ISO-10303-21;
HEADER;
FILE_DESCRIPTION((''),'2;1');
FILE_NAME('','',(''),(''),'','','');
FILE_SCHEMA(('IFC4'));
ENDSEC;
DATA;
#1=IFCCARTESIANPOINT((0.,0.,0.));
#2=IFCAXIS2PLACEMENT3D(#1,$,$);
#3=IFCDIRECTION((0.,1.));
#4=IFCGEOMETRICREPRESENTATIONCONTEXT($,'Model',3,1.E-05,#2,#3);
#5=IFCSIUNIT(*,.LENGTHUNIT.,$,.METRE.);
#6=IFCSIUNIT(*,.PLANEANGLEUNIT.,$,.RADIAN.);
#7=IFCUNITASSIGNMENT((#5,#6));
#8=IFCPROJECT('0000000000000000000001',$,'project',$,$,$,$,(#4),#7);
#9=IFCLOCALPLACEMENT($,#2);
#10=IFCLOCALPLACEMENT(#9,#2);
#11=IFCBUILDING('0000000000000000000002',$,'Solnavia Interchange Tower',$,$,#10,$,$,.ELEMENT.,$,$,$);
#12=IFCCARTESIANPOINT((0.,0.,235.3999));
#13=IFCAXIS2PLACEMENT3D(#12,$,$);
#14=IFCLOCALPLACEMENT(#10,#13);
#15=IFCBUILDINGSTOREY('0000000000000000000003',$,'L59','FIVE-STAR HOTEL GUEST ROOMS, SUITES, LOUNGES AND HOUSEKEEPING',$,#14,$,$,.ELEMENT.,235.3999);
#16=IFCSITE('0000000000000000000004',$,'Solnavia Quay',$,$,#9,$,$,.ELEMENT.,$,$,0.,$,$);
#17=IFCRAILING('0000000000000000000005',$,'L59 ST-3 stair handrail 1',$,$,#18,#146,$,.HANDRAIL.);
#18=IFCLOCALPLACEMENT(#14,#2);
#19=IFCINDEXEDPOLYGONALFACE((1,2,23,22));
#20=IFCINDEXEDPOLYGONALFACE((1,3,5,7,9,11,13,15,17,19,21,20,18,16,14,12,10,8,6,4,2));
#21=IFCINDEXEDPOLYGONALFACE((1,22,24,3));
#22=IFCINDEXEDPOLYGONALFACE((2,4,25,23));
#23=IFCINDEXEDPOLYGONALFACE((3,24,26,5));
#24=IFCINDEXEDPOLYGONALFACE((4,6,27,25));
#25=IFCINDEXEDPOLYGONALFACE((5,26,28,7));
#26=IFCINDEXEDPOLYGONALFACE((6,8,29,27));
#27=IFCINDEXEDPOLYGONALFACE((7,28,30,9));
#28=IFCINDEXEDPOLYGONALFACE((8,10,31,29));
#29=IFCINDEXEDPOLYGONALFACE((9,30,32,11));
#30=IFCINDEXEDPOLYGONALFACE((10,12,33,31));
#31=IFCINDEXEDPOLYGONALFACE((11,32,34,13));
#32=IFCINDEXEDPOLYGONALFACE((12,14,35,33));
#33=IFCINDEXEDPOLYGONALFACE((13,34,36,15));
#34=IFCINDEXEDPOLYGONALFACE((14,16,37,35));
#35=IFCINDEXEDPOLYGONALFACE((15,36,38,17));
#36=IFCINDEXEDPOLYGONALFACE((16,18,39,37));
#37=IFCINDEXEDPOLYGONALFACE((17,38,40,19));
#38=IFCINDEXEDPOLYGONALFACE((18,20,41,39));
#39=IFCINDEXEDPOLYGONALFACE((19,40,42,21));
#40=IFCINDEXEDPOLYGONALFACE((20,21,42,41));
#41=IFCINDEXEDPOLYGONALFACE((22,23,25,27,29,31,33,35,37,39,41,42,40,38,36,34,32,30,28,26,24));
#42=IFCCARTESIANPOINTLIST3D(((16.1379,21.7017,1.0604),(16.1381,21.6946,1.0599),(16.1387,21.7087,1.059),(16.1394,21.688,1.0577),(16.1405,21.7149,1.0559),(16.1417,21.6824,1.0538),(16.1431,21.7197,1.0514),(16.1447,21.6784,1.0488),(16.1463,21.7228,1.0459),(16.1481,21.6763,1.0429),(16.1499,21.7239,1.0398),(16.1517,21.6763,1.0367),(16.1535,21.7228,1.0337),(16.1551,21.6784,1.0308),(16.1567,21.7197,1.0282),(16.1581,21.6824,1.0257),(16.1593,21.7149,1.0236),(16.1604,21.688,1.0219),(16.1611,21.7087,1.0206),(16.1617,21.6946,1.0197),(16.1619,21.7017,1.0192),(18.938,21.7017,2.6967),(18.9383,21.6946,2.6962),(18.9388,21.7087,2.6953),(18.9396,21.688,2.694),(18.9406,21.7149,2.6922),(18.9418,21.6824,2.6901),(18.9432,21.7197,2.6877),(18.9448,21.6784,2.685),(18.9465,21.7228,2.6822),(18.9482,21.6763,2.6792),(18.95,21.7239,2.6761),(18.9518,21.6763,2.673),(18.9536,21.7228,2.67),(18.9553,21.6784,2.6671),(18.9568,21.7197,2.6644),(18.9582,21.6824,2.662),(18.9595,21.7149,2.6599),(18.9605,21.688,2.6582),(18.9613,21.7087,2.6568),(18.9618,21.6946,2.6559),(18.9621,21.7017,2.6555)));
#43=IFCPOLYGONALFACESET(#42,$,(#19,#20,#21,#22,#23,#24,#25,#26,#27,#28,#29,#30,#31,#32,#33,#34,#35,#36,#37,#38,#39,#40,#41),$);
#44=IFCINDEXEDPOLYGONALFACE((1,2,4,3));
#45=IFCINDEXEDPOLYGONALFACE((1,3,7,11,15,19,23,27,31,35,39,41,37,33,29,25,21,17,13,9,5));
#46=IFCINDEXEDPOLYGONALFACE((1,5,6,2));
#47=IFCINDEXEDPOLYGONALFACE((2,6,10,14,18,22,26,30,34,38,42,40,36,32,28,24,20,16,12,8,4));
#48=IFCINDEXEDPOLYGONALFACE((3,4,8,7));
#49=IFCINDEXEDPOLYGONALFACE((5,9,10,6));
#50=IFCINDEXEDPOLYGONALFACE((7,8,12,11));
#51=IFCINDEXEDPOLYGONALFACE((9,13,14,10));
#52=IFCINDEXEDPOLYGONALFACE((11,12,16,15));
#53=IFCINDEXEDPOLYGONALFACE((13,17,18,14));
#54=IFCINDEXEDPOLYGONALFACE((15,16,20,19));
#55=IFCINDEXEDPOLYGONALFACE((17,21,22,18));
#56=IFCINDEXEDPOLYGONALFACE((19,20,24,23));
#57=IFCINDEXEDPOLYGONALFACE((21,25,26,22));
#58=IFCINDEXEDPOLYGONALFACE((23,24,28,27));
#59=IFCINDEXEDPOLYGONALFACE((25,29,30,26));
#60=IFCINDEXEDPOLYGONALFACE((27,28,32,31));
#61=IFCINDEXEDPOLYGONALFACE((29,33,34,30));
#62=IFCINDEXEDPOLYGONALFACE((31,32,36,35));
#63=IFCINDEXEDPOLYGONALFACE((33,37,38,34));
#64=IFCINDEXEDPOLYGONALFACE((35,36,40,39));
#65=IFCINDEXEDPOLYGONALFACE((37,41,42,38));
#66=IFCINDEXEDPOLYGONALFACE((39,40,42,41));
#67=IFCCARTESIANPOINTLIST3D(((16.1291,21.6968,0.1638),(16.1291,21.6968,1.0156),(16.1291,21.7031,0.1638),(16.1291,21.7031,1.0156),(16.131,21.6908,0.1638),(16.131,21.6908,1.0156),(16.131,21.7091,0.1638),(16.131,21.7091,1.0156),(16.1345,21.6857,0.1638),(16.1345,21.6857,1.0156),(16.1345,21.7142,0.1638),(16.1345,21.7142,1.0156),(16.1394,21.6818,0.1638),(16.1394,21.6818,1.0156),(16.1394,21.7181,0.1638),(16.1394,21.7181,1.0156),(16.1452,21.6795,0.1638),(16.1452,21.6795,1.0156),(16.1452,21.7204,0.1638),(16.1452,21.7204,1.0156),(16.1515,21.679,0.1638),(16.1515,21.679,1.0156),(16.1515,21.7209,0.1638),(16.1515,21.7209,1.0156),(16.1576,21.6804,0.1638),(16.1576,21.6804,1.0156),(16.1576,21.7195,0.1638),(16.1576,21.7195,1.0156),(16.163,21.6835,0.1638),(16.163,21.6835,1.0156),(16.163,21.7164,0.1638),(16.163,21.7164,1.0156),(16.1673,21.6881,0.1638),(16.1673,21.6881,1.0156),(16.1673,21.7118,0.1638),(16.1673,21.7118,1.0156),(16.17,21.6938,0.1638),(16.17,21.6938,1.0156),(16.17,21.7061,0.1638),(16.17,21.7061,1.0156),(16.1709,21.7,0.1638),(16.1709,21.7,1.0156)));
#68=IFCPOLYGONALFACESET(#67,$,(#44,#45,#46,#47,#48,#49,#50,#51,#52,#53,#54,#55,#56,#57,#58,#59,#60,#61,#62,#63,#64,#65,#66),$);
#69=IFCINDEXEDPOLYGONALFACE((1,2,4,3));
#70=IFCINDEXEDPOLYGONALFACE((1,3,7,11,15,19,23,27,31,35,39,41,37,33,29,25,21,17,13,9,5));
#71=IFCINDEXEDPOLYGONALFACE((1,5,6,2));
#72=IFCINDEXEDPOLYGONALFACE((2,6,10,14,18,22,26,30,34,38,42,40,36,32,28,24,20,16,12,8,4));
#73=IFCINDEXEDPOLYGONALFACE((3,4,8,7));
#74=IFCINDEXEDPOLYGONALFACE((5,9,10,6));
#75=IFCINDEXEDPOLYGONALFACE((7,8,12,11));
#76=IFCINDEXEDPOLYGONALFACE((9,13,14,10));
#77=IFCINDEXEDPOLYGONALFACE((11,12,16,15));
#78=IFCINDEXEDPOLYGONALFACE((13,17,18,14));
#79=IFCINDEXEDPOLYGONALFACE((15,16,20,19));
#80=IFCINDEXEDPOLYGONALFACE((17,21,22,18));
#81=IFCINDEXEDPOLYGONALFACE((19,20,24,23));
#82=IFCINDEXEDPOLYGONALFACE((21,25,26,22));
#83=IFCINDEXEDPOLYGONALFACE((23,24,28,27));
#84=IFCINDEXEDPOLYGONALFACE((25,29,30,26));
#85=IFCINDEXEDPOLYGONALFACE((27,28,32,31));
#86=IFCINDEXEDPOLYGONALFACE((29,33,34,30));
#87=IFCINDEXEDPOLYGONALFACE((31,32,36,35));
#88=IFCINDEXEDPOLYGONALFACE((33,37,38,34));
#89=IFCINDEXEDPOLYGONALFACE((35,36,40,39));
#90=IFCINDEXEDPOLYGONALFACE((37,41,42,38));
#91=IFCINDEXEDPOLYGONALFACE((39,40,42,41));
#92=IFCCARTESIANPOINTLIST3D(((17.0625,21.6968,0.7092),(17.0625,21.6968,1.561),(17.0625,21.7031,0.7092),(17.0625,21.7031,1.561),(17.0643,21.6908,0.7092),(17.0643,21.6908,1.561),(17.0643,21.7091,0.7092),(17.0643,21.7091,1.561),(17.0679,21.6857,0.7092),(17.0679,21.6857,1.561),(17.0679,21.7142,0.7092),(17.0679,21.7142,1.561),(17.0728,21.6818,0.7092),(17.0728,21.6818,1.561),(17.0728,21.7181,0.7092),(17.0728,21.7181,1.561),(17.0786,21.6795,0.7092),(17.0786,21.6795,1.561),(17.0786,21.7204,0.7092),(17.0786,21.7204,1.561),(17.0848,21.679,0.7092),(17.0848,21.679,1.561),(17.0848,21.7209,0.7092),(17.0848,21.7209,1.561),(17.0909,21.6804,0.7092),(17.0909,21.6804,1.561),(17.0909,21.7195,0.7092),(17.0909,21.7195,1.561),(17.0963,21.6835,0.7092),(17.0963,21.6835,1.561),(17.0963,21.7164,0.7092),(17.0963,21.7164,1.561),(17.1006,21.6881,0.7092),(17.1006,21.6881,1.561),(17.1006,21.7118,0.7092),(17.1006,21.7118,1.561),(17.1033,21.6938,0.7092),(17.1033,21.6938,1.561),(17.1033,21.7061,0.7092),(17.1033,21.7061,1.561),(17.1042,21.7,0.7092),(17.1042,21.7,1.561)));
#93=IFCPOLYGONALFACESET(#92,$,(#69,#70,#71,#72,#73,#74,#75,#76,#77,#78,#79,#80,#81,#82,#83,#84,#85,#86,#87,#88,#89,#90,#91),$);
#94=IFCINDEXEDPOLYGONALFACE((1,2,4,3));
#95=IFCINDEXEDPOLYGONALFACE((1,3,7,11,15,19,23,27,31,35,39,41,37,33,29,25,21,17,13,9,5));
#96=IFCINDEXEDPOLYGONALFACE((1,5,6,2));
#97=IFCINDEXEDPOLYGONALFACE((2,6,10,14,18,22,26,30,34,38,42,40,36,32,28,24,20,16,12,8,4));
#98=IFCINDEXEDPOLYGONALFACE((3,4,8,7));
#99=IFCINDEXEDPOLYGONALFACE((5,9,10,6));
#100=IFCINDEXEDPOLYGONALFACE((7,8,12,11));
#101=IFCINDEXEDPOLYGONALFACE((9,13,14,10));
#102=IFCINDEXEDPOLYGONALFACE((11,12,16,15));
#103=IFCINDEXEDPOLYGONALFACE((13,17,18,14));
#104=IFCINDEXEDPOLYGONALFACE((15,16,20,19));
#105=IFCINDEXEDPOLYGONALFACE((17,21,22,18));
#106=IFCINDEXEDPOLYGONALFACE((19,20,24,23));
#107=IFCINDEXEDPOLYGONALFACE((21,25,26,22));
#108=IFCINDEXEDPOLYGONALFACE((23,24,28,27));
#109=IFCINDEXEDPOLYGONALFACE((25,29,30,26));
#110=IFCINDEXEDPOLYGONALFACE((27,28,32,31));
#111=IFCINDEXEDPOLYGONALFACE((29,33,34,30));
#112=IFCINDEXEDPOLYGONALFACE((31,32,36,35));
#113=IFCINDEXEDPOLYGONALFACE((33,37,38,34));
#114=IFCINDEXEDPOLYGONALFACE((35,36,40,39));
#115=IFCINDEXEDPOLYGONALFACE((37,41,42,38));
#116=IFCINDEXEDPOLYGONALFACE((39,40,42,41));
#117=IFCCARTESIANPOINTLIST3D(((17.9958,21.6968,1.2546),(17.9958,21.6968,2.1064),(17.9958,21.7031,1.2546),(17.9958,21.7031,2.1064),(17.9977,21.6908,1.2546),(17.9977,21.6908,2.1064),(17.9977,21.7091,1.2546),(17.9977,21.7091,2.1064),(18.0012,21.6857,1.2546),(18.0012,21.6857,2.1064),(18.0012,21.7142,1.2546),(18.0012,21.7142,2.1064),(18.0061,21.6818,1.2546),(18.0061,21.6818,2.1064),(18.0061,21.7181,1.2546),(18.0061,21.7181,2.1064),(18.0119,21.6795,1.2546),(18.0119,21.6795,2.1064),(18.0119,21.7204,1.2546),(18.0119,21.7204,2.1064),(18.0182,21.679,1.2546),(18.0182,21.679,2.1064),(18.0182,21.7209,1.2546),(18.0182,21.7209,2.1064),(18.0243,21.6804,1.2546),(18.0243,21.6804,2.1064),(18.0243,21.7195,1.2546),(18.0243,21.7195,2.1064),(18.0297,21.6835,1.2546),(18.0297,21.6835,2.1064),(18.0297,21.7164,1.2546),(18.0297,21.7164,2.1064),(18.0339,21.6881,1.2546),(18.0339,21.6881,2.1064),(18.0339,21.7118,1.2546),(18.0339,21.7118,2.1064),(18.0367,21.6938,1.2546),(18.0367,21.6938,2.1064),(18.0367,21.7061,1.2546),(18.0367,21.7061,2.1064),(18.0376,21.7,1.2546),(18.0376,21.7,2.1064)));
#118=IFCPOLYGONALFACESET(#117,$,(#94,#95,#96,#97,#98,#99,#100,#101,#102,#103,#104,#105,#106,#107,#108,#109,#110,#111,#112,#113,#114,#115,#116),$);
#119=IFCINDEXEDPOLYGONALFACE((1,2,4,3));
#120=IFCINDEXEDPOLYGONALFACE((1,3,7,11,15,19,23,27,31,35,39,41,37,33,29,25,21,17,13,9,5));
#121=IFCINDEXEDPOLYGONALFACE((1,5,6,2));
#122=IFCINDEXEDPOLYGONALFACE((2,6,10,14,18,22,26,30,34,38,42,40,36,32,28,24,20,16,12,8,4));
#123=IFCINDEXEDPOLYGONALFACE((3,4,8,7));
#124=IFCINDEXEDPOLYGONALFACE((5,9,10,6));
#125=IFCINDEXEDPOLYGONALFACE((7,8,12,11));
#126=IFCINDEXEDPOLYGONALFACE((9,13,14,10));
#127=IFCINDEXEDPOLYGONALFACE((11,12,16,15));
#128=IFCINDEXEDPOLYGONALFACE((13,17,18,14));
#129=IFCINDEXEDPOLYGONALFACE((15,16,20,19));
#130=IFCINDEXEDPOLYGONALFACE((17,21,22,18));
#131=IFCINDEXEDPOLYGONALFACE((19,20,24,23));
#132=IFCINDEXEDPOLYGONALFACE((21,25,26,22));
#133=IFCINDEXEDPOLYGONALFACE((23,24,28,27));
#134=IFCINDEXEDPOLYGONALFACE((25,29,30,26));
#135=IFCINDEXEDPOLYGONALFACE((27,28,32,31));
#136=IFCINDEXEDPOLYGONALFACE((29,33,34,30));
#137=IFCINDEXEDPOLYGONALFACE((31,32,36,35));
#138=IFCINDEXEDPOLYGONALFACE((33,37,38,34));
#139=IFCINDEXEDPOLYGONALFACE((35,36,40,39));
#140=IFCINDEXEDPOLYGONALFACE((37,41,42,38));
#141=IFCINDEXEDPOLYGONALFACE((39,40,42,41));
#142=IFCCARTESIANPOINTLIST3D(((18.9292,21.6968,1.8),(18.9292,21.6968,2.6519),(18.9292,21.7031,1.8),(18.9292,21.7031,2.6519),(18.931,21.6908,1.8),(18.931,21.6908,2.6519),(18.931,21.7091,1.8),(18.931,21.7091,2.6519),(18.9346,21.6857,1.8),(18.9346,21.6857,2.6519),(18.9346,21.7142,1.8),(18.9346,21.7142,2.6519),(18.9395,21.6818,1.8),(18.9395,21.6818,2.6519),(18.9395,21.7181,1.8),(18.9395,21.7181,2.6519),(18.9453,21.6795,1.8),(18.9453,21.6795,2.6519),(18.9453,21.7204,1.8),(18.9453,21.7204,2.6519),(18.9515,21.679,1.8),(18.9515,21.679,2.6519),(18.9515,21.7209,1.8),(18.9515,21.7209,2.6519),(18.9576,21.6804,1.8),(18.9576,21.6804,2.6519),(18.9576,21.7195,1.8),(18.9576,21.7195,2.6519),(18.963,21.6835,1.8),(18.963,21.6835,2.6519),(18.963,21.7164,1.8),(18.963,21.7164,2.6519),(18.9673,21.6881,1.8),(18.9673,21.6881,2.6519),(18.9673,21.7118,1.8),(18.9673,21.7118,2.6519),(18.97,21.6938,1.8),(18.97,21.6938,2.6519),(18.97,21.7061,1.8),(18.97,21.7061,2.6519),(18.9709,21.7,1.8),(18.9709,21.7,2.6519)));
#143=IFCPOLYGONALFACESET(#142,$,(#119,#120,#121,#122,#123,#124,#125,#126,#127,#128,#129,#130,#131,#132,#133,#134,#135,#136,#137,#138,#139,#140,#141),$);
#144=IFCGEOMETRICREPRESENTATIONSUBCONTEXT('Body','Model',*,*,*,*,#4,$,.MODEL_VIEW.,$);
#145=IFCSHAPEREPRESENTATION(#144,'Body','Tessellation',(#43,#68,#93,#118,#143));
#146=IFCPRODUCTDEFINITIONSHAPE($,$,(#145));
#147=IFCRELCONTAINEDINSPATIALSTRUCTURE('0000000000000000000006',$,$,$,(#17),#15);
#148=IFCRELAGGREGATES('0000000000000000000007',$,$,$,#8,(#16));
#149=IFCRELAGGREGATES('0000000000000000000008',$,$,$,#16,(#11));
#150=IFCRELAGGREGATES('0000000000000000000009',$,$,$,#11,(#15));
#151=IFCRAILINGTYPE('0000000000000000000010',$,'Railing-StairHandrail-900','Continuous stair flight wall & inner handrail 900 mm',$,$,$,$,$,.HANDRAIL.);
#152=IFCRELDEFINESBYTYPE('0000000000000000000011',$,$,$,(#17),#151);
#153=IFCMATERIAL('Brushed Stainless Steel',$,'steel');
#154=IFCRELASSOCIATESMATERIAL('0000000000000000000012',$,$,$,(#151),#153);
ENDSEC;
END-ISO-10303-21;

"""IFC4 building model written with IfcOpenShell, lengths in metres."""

from ifc_helpers import new_model, si_unit, direction, frame, origin, origin_2d, place, context, subcontext, project, spatial, circle, extrude, material, type_object, element, save


model = new_model("IFC4")

# Units and contexts
model_context = context("Model", 3, precision=1e-05, world=origin(), true_north=direction((0.0, 1.0)))
body_context = subcontext(model_context, "Body", "Model", "MODEL_VIEW")
ifc_project = project(units=[si_unit("LENGTHUNIT", "METRE"), si_unit("PLANEANGLEUNIT", "RADIAN")], contexts=[model_context])

# Site, building, storey
site_placement = place(None, origin())
site = spatial("IfcSite", under=ifc_project, at=site_placement, Name="Solnavia Quay", CompositionType="ELEMENT", RefElevation=0.0)
building_placement = place(site_placement, origin())
building = spatial("IfcBuilding", under=site, at=building_placement, Name="Solnavia Interchange Tower", CompositionType="ELEMENT")
storey_placement = place(building_placement, frame((0.0, 0.0, 235.3999)))
storey = spatial("IfcBuildingStorey", under=building, at=storey_placement, Name="L59", Description="FIVE-STAR HOTEL GUEST ROOMS, SUITES, LOUNGES AND HOUSEKEEPING", CompositionType="ELEMENT", Elevation=235.3999)

# Railing
ifc_material_1 = material(Name="Brushed Stainless Steel", Category="steel")
railing_type_1 = type_object("IfcRailingType", Name="Railing-StairHandrail-900", Description="Continuous stair flight wall & inner handrail 900 mm", PredefinedType="HANDRAIL", material=ifc_material_1)
railing_1_placement = place(storey_placement, frame((16.1499, 21.7, 0.1638)))
element("IfcRailing", 1, at=railing_1_placement, inside=storey, type_object=railing_type_1, Name="L59 ST-3 stair handrail 1", PredefinedType="HANDRAIL", context=body_context, shape_type="SweptSolid", body=[
    extrude(circle(Radius=0.0239, at=origin_2d()), frame((0.0, 0.0, 0.876), z_axis=(0.863394, 0.0, 0.504531), x_axis=(0.0, 1.0, 0.0)), (0.0, 0.0, 1.0), 3.2432),
    extrude(circle(Radius=0.021, at=origin_2d()), origin(), (0.0, 0.0, 1.0), 0.8518),
    extrude(circle(Radius=0.021, at=origin_2d()), frame((0.9333, 0.0, 0.5454)), (0.0, 0.0, 1.0), 0.8518),
    extrude(circle(Radius=0.021, at=origin_2d()), frame((1.8667, 0.0, 1.0908)), (0.0, 0.0, 1.0), 0.8518),
    extrude(circle(Radius=0.021, at=origin_2d()), frame((2.8, 0.0, 1.6362)), (0.0, 0.0, 1.0), 0.8518),
])

save(model, "model.ifc")
